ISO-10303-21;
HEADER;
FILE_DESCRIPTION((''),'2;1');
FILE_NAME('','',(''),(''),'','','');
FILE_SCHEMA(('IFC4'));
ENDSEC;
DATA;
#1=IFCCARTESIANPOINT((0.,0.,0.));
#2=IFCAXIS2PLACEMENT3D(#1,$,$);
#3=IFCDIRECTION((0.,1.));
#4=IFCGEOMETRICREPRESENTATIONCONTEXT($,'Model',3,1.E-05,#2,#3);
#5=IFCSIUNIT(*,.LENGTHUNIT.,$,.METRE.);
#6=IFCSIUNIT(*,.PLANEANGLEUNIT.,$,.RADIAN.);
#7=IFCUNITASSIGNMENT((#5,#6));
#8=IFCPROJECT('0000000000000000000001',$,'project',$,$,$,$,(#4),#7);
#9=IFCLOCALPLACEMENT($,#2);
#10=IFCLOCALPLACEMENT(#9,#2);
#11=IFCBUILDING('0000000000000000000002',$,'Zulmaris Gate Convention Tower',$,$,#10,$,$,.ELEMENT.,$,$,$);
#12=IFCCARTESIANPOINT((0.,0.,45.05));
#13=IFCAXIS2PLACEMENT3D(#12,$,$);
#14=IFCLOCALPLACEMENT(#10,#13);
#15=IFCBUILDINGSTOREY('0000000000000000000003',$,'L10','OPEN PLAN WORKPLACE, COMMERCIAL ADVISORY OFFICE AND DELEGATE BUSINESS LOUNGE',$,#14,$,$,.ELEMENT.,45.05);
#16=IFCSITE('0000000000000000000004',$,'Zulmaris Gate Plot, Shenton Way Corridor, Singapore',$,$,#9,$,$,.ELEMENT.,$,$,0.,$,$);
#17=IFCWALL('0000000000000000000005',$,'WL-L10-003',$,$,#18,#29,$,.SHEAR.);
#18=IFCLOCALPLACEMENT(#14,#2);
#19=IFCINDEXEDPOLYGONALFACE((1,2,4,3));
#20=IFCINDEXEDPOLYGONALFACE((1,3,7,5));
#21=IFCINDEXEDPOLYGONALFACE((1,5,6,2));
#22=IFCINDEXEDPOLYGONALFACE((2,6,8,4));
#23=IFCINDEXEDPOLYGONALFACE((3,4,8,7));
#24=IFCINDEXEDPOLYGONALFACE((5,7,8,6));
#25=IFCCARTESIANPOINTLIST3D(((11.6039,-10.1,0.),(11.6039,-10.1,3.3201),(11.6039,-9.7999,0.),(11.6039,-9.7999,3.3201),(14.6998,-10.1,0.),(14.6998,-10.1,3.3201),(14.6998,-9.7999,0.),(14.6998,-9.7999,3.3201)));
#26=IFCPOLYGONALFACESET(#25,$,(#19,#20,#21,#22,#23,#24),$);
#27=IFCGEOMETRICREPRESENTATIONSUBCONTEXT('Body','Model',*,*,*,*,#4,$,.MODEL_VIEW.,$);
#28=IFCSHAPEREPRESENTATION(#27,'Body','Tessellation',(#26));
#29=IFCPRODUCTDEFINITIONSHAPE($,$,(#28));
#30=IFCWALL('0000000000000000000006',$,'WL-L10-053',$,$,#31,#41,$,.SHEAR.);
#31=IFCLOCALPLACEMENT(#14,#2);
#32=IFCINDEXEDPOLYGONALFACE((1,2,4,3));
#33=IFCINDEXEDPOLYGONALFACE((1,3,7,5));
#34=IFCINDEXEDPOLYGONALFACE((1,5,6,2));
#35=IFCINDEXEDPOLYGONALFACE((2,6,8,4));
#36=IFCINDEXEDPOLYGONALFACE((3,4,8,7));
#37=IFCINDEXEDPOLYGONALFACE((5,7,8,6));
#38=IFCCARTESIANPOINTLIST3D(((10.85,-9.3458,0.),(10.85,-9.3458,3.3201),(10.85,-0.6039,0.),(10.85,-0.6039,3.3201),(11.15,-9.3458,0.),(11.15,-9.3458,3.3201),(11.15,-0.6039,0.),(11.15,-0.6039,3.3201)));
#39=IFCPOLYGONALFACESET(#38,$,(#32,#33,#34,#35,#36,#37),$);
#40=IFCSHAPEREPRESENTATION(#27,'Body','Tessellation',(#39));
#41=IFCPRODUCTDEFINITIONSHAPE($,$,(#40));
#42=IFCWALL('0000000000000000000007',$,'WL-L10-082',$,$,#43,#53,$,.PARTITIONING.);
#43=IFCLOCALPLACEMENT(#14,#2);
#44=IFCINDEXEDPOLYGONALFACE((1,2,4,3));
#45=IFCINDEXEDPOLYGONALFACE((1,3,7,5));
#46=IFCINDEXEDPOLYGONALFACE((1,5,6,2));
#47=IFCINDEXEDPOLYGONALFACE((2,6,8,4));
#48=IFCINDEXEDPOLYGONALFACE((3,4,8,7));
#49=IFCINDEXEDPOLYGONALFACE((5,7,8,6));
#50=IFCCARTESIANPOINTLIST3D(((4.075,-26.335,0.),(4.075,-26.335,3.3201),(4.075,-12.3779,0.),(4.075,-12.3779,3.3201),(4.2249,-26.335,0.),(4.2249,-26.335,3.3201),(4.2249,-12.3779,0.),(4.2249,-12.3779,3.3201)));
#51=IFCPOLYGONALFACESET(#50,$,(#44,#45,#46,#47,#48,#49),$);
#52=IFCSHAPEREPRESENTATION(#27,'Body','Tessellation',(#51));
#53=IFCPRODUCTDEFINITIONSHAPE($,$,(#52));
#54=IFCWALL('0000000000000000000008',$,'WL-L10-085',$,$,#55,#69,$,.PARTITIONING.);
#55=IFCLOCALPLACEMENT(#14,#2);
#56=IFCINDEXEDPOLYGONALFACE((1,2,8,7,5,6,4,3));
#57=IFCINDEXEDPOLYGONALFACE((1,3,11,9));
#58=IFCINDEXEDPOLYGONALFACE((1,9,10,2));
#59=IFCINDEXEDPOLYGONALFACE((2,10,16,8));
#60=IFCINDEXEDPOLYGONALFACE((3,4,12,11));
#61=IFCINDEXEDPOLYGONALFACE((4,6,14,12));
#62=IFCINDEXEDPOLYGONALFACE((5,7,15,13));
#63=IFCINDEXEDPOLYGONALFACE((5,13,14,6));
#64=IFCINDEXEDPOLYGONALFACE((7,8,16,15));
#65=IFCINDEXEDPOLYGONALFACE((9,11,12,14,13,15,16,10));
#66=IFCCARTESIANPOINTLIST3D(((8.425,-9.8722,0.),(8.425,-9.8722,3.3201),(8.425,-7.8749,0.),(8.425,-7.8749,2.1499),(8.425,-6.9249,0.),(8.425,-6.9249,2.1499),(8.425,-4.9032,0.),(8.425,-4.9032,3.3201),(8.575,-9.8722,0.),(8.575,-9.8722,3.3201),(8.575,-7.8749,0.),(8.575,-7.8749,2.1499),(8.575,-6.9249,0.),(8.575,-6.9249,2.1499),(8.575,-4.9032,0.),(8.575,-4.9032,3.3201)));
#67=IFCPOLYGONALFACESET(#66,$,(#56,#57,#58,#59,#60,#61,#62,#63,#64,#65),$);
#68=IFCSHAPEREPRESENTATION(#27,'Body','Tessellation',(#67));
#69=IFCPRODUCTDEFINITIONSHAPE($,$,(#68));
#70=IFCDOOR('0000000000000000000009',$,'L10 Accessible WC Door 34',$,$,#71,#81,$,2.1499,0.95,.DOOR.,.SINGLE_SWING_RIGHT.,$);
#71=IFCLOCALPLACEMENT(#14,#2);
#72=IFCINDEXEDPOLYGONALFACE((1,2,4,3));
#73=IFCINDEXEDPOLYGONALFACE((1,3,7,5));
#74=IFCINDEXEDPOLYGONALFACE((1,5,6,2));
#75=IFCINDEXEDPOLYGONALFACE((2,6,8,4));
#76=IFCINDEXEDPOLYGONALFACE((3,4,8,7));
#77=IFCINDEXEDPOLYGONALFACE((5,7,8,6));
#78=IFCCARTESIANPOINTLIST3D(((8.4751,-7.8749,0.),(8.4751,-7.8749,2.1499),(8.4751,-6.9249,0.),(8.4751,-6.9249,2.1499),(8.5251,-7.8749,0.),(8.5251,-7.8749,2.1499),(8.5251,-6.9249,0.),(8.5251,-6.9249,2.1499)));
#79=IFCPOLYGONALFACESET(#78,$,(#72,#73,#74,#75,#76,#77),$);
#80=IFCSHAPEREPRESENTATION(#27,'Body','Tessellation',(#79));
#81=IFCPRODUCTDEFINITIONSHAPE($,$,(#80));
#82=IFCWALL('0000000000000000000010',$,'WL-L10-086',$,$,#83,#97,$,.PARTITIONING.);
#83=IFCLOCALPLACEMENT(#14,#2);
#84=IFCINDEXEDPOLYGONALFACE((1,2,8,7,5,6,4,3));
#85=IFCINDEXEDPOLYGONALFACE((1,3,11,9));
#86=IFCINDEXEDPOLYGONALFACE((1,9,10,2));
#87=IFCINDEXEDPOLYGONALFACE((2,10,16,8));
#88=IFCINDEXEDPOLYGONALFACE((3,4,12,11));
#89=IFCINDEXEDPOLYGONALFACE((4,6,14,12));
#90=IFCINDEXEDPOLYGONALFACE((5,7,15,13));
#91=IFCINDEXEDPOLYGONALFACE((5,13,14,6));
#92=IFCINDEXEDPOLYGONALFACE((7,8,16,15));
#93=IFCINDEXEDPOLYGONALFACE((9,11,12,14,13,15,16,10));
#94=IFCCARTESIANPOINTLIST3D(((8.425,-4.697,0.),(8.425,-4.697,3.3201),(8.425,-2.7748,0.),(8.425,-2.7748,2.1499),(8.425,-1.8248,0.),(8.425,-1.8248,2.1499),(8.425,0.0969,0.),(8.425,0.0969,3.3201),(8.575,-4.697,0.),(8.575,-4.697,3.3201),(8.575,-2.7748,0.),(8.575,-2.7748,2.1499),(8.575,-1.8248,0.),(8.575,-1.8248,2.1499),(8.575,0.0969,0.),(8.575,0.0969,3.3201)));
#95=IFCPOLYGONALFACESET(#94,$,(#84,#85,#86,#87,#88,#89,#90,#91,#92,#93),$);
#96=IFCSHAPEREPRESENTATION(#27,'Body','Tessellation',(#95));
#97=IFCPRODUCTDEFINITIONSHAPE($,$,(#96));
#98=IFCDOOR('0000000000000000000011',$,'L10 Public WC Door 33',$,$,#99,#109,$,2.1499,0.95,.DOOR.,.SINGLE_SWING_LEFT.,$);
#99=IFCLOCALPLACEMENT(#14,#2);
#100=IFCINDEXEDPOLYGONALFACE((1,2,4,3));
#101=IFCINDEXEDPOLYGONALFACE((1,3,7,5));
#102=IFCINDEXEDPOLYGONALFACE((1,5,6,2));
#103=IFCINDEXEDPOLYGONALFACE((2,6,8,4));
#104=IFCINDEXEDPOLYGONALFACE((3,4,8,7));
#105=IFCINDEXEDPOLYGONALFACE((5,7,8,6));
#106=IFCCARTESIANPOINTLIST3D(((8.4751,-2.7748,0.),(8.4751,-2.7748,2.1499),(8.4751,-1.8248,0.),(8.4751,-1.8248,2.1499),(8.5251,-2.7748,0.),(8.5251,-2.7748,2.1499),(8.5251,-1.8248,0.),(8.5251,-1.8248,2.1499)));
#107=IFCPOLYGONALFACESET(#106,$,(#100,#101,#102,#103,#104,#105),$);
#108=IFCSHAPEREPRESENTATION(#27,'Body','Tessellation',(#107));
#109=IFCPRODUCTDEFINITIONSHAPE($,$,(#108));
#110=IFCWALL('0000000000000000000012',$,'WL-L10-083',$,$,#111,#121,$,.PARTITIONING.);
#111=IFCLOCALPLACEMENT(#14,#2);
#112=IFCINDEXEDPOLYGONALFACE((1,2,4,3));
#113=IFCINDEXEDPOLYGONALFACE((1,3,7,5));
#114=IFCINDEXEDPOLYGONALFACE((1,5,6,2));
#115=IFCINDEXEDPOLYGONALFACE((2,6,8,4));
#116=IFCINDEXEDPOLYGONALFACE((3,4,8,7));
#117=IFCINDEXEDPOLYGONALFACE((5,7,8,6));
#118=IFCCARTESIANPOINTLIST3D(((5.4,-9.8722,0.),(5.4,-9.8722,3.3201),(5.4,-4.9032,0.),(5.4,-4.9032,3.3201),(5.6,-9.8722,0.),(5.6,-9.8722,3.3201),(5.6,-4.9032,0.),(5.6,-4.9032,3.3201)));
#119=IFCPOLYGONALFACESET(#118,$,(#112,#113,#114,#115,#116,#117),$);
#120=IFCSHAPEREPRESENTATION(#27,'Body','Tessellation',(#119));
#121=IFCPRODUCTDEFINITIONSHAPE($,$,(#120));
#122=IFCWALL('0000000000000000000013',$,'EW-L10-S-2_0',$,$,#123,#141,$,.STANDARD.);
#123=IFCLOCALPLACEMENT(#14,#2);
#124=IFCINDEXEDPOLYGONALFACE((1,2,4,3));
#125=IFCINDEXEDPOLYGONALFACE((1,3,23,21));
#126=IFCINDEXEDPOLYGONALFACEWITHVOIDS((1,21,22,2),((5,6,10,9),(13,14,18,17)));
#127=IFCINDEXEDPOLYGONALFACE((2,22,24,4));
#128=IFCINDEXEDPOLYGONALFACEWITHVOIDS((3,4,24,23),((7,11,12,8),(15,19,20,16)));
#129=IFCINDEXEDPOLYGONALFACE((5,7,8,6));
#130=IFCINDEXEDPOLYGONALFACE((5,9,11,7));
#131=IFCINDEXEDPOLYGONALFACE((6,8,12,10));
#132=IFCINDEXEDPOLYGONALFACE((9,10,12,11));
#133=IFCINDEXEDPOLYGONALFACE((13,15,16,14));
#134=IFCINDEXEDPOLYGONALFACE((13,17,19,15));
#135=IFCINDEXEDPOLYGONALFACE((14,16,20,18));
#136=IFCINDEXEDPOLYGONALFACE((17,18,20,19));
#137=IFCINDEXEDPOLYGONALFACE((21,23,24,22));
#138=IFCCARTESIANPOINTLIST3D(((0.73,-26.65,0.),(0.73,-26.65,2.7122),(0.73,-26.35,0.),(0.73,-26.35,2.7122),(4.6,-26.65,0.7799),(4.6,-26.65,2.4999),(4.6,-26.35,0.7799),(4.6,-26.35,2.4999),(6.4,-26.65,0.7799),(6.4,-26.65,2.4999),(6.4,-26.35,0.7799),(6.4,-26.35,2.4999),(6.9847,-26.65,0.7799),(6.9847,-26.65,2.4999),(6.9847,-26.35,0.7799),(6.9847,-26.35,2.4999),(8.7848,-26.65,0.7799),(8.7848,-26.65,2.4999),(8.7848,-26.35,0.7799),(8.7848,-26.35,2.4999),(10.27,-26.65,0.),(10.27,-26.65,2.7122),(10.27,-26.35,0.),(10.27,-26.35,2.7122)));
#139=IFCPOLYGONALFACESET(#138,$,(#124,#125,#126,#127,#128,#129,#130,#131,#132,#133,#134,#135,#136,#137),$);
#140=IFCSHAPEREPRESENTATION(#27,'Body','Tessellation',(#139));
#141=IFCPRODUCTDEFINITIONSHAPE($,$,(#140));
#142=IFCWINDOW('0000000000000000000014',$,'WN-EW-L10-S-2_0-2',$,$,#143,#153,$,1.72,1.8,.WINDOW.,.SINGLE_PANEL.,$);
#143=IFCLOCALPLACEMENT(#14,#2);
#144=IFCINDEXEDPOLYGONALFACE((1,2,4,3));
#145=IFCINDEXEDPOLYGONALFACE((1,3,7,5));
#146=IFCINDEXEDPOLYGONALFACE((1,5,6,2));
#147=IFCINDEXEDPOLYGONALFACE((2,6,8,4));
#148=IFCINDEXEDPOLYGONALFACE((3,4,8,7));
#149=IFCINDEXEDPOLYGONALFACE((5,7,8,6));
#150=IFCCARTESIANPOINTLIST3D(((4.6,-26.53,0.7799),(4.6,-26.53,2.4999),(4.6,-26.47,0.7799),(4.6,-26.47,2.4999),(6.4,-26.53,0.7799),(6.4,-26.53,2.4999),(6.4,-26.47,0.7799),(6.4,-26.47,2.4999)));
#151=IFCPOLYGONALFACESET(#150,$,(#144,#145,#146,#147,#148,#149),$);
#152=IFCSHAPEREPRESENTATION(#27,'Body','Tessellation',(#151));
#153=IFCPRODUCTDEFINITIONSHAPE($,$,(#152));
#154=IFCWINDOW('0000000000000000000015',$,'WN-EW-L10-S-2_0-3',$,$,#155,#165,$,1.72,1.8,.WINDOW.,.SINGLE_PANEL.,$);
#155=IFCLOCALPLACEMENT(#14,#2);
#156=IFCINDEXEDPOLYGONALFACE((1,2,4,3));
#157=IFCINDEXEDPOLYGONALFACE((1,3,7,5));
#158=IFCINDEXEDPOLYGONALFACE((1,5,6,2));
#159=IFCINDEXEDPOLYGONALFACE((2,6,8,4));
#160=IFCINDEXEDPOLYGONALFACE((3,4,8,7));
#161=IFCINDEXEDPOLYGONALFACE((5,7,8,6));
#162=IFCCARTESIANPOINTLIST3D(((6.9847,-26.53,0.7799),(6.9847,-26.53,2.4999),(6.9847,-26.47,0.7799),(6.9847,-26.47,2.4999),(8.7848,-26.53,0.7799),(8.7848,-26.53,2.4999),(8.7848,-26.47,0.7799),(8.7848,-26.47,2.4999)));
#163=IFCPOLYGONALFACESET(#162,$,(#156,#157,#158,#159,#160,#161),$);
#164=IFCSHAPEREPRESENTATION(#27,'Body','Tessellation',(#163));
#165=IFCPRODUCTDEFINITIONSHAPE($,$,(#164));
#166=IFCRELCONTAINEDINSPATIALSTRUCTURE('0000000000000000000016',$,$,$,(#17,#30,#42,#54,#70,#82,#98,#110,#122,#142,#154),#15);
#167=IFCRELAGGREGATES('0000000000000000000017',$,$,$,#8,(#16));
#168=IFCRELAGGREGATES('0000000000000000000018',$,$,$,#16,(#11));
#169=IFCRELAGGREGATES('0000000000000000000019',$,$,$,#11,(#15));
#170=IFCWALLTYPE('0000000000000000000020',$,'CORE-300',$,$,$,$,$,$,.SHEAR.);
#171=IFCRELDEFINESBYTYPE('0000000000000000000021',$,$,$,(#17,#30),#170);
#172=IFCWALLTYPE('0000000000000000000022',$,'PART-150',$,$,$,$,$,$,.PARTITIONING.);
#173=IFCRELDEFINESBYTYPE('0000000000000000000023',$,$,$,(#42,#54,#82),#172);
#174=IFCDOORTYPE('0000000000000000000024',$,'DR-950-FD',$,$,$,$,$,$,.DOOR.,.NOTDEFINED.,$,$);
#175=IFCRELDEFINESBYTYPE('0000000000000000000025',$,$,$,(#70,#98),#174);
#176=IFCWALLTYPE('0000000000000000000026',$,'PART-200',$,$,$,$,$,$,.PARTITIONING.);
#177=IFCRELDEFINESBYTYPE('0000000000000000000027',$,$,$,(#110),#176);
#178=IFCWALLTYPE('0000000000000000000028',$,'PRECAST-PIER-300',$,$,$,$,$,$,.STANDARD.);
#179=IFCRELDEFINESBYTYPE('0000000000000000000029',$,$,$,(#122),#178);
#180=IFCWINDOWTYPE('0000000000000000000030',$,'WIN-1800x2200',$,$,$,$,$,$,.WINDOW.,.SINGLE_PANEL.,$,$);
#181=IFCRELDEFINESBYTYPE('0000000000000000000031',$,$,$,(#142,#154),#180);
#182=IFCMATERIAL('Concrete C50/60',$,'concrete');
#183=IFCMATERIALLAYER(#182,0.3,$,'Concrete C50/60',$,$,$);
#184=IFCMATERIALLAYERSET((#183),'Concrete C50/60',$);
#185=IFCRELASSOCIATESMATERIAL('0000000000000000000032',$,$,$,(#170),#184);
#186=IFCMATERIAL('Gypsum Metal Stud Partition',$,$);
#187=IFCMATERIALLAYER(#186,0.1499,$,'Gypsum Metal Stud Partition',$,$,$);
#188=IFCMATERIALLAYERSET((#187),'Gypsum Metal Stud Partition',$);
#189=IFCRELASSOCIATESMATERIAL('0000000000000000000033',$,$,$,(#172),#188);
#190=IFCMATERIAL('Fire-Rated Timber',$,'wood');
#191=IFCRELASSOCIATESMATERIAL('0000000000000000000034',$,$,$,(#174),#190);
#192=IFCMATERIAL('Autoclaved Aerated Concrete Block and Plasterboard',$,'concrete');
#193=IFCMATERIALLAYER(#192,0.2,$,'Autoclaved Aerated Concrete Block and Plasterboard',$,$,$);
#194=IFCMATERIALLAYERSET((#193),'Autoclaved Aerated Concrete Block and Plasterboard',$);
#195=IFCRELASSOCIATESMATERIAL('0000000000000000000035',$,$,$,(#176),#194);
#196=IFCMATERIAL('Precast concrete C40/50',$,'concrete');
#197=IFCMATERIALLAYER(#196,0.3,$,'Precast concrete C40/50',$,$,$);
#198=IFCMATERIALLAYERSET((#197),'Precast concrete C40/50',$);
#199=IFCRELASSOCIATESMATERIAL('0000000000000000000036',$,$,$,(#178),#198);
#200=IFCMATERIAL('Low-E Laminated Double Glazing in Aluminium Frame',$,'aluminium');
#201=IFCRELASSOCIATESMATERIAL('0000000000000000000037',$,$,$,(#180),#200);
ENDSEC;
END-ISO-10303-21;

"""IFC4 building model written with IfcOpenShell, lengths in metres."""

from ifc_helpers import new_model, si_unit, direction, frame, frame_2d, origin, place, context, subcontext, project, spatial, rectangle, extrude, material, layer, layer_set, type_object, element, fill, save


model = new_model("IFC4")

# Units and contexts
model_context = context("Model", 3, precision=1e-05, world=origin(), true_north=direction((0.0, 1.0)))
body_context = subcontext(model_context, "Body", "Model", "MODEL_VIEW")
ifc_project = project(units=[si_unit("LENGTHUNIT", "METRE"), si_unit("PLANEANGLEUNIT", "RADIAN")], contexts=[model_context])

# Site, building, storey
site_placement = place(None, origin())
site = spatial("IfcSite", under=ifc_project, at=site_placement, Name="Zulmaris Gate Plot, Shenton Way Corridor, Singapore", CompositionType="ELEMENT", RefElevation=0.0)
building_placement = place(site_placement, origin())
building = spatial("IfcBuilding", under=site, at=building_placement, Name="Zulmaris Gate Convention Tower", CompositionType="ELEMENT")
storey_placement = place(building_placement, frame((0.0, 0.0, 45.05)))
storey = spatial("IfcBuildingStorey", under=building, at=storey_placement, Name="L10", Description="OPEN PLAN WORKPLACE, COMMERCIAL ADVISORY OFFICE AND DELEGATE BUSINESS LOUNGE", CompositionType="ELEMENT", Elevation=45.05)

# Walls
ifc_material_1 = material(Name="Concrete C50/60", Category="concrete")
ifc_layer_1 = layer(ifc_material_1, 0.3, Name="Concrete C50/60")
ifc_layer_set_1 = layer_set([ifc_layer_1], Name="Concrete C50/60")
wall_type_1 = type_object("IfcWallType", Name="CORE-300", PredefinedType="SHEAR", material=ifc_layer_set_1)
wall_1_placement = place(storey_placement, frame((11.604, -9.95, 0.0), z_axis=(0.0, 0.0, 1.0), x_axis=(1.0, 0.0, 0.0)))
element("IfcWall", 1, at=wall_1_placement, inside=storey, type_object=wall_type_1, Name="WL-L10-003", PredefinedType="SHEAR", context=body_context, shape_type="SweptSolid", body=[
    extrude(rectangle(XDim=3.0959, YDim=0.3, at=frame_2d((1.5479, 0.0))), origin(), (0.0, 0.0, 1.0), 3.3201),
])
wall_2_placement = place(storey_placement, frame((11.0, -9.3459, 0.0), z_axis=(0.0, 0.0, 1.0), x_axis=(0.0, 1.0, 0.0)))
element("IfcWall", 2, at=wall_2_placement, inside=storey, type_object=wall_type_1, Name="WL-L10-053", PredefinedType="SHEAR", context=body_context, shape_type="SweptSolid", body=[
    extrude(rectangle(XDim=8.7419, YDim=0.3, at=frame_2d((4.3711, 0.0))), origin(), (0.0, 0.0, 1.0), 3.3201),
])
ifc_material_2 = material(Name="Gypsum Metal Stud Partition")
ifc_layer_2 = layer(ifc_material_2, 0.1499, Name="Gypsum Metal Stud Partition")
ifc_layer_set_2 = layer_set([ifc_layer_2], Name="Gypsum Metal Stud Partition")
wall_type_2 = type_object("IfcWallType", Name="PART-150", PredefinedType="PARTITIONING", material=ifc_layer_set_2)
wall_3_placement = place(storey_placement, frame((4.1499, -26.335, 0.0), z_axis=(0.0, 0.0, 1.0), x_axis=(0.0, 1.0, 0.0)))
element("IfcWall", 3, at=wall_3_placement, inside=storey, type_object=wall_type_2, Name="WL-L10-082", PredefinedType="PARTITIONING", context=body_context, shape_type="SweptSolid", body=[
    extrude(rectangle(XDim=13.957, YDim=0.1499, at=frame_2d((6.9785, 0.0))), origin(), (0.0, 0.0, 1.0), 3.3201),
])

# Walls, openings, doors
wall_4_placement = place(storey_placement, frame((8.5, -9.8721, 0.0), z_axis=(0.0, 0.0, 1.0), x_axis=(0.0, 1.0, 0.0)))
wall_4 = element("IfcWall", 4, at=wall_4_placement, inside=storey, type_object=wall_type_2, Name="WL-L10-085", PredefinedType="PARTITIONING", context=body_context, shape_type="SweptSolid", body=[
    extrude(rectangle(XDim=4.969, YDim=0.1499, at=frame_2d((2.4844, 0.0))), origin(), (0.0, 0.0, 1.0), 3.3201),
])
opening_1_placement = place(wall_4_placement, frame((1.9971, 0.0, 0.0)))
opening_1 = element("IfcOpeningElement", 5, at=opening_1_placement, cuts=wall_4, PredefinedType="OPENING", context=body_context, shape_type="SweptSolid", body=[
    extrude(rectangle(XDim=0.95, YDim=2.1499, at=frame_2d((0.4751, 1.075))), frame((0.0, 0.085, 0.0), z_axis=(0.0, -1.0, 0.0), x_axis=(1.0, 0.0, 0.0)), (0.0, 0.0, 1.0), 0.1699),
])
ifc_material_3 = material(Name="Fire-Rated Timber", Category="wood")
door_type = type_object("IfcDoorType", Name="DR-950-FD", OperationType="NOTDEFINED", PredefinedType="DOOR", material=ifc_material_3)
door_1_placement = place(opening_1_placement, origin())
door_1 = element("IfcDoor", 6, at=door_1_placement, inside=storey, type_object=door_type, Name="L10 Accessible WC Door 34", OperationType="SINGLE_SWING_RIGHT", OverallHeight=2.1499, OverallWidth=0.95, PredefinedType="DOOR", context=body_context, shape_type="SweptSolid", body=[
    extrude(rectangle(XDim=0.95, YDim=2.1499, at=frame_2d((0.4751, 1.075))), frame((0.0, 0.0249, 0.0), z_axis=(0.0, -1.0, 0.0), x_axis=(1.0, 0.0, 0.0)), (0.0, 0.0, 1.0), 0.05),
])
fill(opening_1, door_1)
wall_5_placement = place(storey_placement, frame((8.5, -4.697, 0.0), z_axis=(0.0, 0.0, 1.0), x_axis=(0.0, 1.0, 0.0)))
wall_5 = element("IfcWall", 7, at=wall_5_placement, inside=storey, type_object=wall_type_2, Name="WL-L10-086", PredefinedType="PARTITIONING", context=body_context, shape_type="SweptSolid", body=[
    extrude(rectangle(XDim=4.7939, YDim=0.1499, at=frame_2d((2.397, 0.0))), origin(), (0.0, 0.0, 1.0), 3.3201),
])
opening_2_placement = place(wall_5_placement, frame((1.9221, 0.0, 0.0)))
opening_2 = element("IfcOpeningElement", 8, at=opening_2_placement, cuts=wall_5, PredefinedType="OPENING", context=body_context, shape_type="SweptSolid", body=[
    extrude(rectangle(XDim=0.95, YDim=2.1499, at=frame_2d((0.4751, 1.075))), frame((0.0, 0.085, 0.0), z_axis=(0.0, -1.0, 0.0), x_axis=(1.0, 0.0, 0.0)), (0.0, 0.0, 1.0), 0.1699),
])
door_2_placement = place(opening_2_placement, origin())
door_2 = element("IfcDoor", 9, at=door_2_placement, inside=storey, type_object=door_type, Name="L10 Public WC Door 33", OperationType="SINGLE_SWING_LEFT", OverallHeight=2.1499, OverallWidth=0.95, PredefinedType="DOOR", context=body_context, shape_type="SweptSolid", body=[
    extrude(rectangle(XDim=0.95, YDim=2.1499, at=frame_2d((0.4751, 1.075))), frame((0.0, 0.0249, 0.0), z_axis=(0.0, -1.0, 0.0), x_axis=(1.0, 0.0, 0.0)), (0.0, 0.0, 1.0), 0.05),
])
fill(opening_2, door_2)

# Wall
ifc_material_4 = material(Name="Autoclaved Aerated Concrete Block and Plasterboard", Category="concrete")
ifc_layer_3 = layer(ifc_material_4, 0.2, Name="Autoclaved Aerated Concrete Block and Plasterboard")
ifc_layer_set_3 = layer_set([ifc_layer_3], Name="Autoclaved Aerated Concrete Block and Plasterboard")
wall_type_3 = type_object("IfcWallType", Name="PART-200", PredefinedType="PARTITIONING", material=ifc_layer_set_3)
wall_6_placement = place(storey_placement, frame((5.5, -9.8721, 0.0), z_axis=(0.0, 0.0, 1.0), x_axis=(0.0, 1.0, 0.0)))
element("IfcWall", 10, at=wall_6_placement, inside=storey, type_object=wall_type_3, Name="WL-L10-083", PredefinedType="PARTITIONING", context=body_context, shape_type="SweptSolid", body=[
    extrude(rectangle(XDim=4.969, YDim=0.2, at=frame_2d((2.4844, 0.0))), origin(), (0.0, 0.0, 1.0), 3.3201),
])

# Wall, openings, windows
ifc_material_5 = material(Name="Precast concrete C40/50", Category="concrete")
ifc_layer_4 = layer(ifc_material_5, 0.3, Name="Precast concrete C40/50")
ifc_layer_set_4 = layer_set([ifc_layer_4], Name="Precast concrete C40/50")
wall_type_4 = type_object("IfcWallType", Name="PRECAST-PIER-300", PredefinedType="STANDARD", material=ifc_layer_set_4)
wall_7_placement = place(storey_placement, frame((0.73, -26.5, 0.0), z_axis=(0.0, 0.0, 1.0), x_axis=(1.0, 0.0, 0.0)))
wall_7 = element("IfcWall", 11, at=wall_7_placement, inside=storey, type_object=wall_type_4, Name="EW-L10-S-2_0", PredefinedType="STANDARD", context=body_context, shape_type="SweptSolid", body=[
    extrude(rectangle(XDim=9.54, YDim=0.3, at=frame_2d((4.77, 0.0))), origin(), (0.0, 0.0, 1.0), 2.7122),
])
opening_3_placement = place(wall_7_placement, frame((3.8701, 0.0, 0.78)))
opening_3 = element("IfcOpeningElement", 12, at=opening_3_placement, cuts=wall_7, PredefinedType="OPENING", context=body_context, shape_type="SweptSolid", body=[
    extrude(rectangle(XDim=1.8, YDim=1.72, at=frame_2d((0.8999, 0.8599))), frame((0.0, 0.1602, 0.0), z_axis=(0.0, -1.0, 0.0), x_axis=(1.0, 0.0, 0.0)), (0.0, 0.0, 1.0), 0.3201),
])
opening_4_placement = place(wall_7_placement, frame((6.2549, 0.0, 0.78)))
opening_4 = element("IfcOpeningElement", 13, at=opening_4_placement, cuts=wall_7, PredefinedType="OPENING", context=body_context, shape_type="SweptSolid", body=[
    extrude(rectangle(XDim=1.8, YDim=1.72, at=frame_2d((0.8999, 0.8599))), frame((0.0, 0.1602, 0.0), z_axis=(0.0, -1.0, 0.0), x_axis=(1.0, 0.0, 0.0)), (0.0, 0.0, 1.0), 0.3201),
])
ifc_material_6 = material(Name="Low-E Laminated Double Glazing in Aluminium Frame", Category="aluminium")
window_type = type_object("IfcWindowType", Name="WIN-1800x2200", PartitioningType="SINGLE_PANEL", PredefinedType="WINDOW", material=ifc_material_6)
window_1_placement = place(opening_3_placement, origin())
window_1 = element("IfcWindow", 14, at=window_1_placement, inside=storey, type_object=window_type, Name="WN-EW-L10-S-2_0-2", OverallHeight=1.72, OverallWidth=1.8, PartitioningType="SINGLE_PANEL", PredefinedType="WINDOW", context=body_context, shape_type="SweptSolid", body=[
    extrude(rectangle(XDim=1.8, YDim=1.72, at=frame_2d((0.8999, 0.8599))), frame((0.0, 0.03, 0.0), z_axis=(0.0, -1.0, 0.0), x_axis=(1.0, 0.0, 0.0)), (0.0, 0.0, 1.0), 0.0601),
])
fill(opening_3, window_1)
window_2_placement = place(opening_4_placement, origin())
window_2 = element("IfcWindow", 15, at=window_2_placement, inside=storey, type_object=window_type, Name="WN-EW-L10-S-2_0-3", OverallHeight=1.72, OverallWidth=1.8, PartitioningType="SINGLE_PANEL", PredefinedType="WINDOW", context=body_context, shape_type="SweptSolid", body=[
    extrude(rectangle(XDim=1.8, YDim=1.72, at=frame_2d((0.8999, 0.8599))), frame((0.0, 0.03, 0.0), z_axis=(0.0, -1.0, 0.0), x_axis=(1.0, 0.0, 0.0)), (0.0, 0.0, 1.0), 0.0601),
])
fill(opening_4, window_2)

save(model, "model.ifc")
